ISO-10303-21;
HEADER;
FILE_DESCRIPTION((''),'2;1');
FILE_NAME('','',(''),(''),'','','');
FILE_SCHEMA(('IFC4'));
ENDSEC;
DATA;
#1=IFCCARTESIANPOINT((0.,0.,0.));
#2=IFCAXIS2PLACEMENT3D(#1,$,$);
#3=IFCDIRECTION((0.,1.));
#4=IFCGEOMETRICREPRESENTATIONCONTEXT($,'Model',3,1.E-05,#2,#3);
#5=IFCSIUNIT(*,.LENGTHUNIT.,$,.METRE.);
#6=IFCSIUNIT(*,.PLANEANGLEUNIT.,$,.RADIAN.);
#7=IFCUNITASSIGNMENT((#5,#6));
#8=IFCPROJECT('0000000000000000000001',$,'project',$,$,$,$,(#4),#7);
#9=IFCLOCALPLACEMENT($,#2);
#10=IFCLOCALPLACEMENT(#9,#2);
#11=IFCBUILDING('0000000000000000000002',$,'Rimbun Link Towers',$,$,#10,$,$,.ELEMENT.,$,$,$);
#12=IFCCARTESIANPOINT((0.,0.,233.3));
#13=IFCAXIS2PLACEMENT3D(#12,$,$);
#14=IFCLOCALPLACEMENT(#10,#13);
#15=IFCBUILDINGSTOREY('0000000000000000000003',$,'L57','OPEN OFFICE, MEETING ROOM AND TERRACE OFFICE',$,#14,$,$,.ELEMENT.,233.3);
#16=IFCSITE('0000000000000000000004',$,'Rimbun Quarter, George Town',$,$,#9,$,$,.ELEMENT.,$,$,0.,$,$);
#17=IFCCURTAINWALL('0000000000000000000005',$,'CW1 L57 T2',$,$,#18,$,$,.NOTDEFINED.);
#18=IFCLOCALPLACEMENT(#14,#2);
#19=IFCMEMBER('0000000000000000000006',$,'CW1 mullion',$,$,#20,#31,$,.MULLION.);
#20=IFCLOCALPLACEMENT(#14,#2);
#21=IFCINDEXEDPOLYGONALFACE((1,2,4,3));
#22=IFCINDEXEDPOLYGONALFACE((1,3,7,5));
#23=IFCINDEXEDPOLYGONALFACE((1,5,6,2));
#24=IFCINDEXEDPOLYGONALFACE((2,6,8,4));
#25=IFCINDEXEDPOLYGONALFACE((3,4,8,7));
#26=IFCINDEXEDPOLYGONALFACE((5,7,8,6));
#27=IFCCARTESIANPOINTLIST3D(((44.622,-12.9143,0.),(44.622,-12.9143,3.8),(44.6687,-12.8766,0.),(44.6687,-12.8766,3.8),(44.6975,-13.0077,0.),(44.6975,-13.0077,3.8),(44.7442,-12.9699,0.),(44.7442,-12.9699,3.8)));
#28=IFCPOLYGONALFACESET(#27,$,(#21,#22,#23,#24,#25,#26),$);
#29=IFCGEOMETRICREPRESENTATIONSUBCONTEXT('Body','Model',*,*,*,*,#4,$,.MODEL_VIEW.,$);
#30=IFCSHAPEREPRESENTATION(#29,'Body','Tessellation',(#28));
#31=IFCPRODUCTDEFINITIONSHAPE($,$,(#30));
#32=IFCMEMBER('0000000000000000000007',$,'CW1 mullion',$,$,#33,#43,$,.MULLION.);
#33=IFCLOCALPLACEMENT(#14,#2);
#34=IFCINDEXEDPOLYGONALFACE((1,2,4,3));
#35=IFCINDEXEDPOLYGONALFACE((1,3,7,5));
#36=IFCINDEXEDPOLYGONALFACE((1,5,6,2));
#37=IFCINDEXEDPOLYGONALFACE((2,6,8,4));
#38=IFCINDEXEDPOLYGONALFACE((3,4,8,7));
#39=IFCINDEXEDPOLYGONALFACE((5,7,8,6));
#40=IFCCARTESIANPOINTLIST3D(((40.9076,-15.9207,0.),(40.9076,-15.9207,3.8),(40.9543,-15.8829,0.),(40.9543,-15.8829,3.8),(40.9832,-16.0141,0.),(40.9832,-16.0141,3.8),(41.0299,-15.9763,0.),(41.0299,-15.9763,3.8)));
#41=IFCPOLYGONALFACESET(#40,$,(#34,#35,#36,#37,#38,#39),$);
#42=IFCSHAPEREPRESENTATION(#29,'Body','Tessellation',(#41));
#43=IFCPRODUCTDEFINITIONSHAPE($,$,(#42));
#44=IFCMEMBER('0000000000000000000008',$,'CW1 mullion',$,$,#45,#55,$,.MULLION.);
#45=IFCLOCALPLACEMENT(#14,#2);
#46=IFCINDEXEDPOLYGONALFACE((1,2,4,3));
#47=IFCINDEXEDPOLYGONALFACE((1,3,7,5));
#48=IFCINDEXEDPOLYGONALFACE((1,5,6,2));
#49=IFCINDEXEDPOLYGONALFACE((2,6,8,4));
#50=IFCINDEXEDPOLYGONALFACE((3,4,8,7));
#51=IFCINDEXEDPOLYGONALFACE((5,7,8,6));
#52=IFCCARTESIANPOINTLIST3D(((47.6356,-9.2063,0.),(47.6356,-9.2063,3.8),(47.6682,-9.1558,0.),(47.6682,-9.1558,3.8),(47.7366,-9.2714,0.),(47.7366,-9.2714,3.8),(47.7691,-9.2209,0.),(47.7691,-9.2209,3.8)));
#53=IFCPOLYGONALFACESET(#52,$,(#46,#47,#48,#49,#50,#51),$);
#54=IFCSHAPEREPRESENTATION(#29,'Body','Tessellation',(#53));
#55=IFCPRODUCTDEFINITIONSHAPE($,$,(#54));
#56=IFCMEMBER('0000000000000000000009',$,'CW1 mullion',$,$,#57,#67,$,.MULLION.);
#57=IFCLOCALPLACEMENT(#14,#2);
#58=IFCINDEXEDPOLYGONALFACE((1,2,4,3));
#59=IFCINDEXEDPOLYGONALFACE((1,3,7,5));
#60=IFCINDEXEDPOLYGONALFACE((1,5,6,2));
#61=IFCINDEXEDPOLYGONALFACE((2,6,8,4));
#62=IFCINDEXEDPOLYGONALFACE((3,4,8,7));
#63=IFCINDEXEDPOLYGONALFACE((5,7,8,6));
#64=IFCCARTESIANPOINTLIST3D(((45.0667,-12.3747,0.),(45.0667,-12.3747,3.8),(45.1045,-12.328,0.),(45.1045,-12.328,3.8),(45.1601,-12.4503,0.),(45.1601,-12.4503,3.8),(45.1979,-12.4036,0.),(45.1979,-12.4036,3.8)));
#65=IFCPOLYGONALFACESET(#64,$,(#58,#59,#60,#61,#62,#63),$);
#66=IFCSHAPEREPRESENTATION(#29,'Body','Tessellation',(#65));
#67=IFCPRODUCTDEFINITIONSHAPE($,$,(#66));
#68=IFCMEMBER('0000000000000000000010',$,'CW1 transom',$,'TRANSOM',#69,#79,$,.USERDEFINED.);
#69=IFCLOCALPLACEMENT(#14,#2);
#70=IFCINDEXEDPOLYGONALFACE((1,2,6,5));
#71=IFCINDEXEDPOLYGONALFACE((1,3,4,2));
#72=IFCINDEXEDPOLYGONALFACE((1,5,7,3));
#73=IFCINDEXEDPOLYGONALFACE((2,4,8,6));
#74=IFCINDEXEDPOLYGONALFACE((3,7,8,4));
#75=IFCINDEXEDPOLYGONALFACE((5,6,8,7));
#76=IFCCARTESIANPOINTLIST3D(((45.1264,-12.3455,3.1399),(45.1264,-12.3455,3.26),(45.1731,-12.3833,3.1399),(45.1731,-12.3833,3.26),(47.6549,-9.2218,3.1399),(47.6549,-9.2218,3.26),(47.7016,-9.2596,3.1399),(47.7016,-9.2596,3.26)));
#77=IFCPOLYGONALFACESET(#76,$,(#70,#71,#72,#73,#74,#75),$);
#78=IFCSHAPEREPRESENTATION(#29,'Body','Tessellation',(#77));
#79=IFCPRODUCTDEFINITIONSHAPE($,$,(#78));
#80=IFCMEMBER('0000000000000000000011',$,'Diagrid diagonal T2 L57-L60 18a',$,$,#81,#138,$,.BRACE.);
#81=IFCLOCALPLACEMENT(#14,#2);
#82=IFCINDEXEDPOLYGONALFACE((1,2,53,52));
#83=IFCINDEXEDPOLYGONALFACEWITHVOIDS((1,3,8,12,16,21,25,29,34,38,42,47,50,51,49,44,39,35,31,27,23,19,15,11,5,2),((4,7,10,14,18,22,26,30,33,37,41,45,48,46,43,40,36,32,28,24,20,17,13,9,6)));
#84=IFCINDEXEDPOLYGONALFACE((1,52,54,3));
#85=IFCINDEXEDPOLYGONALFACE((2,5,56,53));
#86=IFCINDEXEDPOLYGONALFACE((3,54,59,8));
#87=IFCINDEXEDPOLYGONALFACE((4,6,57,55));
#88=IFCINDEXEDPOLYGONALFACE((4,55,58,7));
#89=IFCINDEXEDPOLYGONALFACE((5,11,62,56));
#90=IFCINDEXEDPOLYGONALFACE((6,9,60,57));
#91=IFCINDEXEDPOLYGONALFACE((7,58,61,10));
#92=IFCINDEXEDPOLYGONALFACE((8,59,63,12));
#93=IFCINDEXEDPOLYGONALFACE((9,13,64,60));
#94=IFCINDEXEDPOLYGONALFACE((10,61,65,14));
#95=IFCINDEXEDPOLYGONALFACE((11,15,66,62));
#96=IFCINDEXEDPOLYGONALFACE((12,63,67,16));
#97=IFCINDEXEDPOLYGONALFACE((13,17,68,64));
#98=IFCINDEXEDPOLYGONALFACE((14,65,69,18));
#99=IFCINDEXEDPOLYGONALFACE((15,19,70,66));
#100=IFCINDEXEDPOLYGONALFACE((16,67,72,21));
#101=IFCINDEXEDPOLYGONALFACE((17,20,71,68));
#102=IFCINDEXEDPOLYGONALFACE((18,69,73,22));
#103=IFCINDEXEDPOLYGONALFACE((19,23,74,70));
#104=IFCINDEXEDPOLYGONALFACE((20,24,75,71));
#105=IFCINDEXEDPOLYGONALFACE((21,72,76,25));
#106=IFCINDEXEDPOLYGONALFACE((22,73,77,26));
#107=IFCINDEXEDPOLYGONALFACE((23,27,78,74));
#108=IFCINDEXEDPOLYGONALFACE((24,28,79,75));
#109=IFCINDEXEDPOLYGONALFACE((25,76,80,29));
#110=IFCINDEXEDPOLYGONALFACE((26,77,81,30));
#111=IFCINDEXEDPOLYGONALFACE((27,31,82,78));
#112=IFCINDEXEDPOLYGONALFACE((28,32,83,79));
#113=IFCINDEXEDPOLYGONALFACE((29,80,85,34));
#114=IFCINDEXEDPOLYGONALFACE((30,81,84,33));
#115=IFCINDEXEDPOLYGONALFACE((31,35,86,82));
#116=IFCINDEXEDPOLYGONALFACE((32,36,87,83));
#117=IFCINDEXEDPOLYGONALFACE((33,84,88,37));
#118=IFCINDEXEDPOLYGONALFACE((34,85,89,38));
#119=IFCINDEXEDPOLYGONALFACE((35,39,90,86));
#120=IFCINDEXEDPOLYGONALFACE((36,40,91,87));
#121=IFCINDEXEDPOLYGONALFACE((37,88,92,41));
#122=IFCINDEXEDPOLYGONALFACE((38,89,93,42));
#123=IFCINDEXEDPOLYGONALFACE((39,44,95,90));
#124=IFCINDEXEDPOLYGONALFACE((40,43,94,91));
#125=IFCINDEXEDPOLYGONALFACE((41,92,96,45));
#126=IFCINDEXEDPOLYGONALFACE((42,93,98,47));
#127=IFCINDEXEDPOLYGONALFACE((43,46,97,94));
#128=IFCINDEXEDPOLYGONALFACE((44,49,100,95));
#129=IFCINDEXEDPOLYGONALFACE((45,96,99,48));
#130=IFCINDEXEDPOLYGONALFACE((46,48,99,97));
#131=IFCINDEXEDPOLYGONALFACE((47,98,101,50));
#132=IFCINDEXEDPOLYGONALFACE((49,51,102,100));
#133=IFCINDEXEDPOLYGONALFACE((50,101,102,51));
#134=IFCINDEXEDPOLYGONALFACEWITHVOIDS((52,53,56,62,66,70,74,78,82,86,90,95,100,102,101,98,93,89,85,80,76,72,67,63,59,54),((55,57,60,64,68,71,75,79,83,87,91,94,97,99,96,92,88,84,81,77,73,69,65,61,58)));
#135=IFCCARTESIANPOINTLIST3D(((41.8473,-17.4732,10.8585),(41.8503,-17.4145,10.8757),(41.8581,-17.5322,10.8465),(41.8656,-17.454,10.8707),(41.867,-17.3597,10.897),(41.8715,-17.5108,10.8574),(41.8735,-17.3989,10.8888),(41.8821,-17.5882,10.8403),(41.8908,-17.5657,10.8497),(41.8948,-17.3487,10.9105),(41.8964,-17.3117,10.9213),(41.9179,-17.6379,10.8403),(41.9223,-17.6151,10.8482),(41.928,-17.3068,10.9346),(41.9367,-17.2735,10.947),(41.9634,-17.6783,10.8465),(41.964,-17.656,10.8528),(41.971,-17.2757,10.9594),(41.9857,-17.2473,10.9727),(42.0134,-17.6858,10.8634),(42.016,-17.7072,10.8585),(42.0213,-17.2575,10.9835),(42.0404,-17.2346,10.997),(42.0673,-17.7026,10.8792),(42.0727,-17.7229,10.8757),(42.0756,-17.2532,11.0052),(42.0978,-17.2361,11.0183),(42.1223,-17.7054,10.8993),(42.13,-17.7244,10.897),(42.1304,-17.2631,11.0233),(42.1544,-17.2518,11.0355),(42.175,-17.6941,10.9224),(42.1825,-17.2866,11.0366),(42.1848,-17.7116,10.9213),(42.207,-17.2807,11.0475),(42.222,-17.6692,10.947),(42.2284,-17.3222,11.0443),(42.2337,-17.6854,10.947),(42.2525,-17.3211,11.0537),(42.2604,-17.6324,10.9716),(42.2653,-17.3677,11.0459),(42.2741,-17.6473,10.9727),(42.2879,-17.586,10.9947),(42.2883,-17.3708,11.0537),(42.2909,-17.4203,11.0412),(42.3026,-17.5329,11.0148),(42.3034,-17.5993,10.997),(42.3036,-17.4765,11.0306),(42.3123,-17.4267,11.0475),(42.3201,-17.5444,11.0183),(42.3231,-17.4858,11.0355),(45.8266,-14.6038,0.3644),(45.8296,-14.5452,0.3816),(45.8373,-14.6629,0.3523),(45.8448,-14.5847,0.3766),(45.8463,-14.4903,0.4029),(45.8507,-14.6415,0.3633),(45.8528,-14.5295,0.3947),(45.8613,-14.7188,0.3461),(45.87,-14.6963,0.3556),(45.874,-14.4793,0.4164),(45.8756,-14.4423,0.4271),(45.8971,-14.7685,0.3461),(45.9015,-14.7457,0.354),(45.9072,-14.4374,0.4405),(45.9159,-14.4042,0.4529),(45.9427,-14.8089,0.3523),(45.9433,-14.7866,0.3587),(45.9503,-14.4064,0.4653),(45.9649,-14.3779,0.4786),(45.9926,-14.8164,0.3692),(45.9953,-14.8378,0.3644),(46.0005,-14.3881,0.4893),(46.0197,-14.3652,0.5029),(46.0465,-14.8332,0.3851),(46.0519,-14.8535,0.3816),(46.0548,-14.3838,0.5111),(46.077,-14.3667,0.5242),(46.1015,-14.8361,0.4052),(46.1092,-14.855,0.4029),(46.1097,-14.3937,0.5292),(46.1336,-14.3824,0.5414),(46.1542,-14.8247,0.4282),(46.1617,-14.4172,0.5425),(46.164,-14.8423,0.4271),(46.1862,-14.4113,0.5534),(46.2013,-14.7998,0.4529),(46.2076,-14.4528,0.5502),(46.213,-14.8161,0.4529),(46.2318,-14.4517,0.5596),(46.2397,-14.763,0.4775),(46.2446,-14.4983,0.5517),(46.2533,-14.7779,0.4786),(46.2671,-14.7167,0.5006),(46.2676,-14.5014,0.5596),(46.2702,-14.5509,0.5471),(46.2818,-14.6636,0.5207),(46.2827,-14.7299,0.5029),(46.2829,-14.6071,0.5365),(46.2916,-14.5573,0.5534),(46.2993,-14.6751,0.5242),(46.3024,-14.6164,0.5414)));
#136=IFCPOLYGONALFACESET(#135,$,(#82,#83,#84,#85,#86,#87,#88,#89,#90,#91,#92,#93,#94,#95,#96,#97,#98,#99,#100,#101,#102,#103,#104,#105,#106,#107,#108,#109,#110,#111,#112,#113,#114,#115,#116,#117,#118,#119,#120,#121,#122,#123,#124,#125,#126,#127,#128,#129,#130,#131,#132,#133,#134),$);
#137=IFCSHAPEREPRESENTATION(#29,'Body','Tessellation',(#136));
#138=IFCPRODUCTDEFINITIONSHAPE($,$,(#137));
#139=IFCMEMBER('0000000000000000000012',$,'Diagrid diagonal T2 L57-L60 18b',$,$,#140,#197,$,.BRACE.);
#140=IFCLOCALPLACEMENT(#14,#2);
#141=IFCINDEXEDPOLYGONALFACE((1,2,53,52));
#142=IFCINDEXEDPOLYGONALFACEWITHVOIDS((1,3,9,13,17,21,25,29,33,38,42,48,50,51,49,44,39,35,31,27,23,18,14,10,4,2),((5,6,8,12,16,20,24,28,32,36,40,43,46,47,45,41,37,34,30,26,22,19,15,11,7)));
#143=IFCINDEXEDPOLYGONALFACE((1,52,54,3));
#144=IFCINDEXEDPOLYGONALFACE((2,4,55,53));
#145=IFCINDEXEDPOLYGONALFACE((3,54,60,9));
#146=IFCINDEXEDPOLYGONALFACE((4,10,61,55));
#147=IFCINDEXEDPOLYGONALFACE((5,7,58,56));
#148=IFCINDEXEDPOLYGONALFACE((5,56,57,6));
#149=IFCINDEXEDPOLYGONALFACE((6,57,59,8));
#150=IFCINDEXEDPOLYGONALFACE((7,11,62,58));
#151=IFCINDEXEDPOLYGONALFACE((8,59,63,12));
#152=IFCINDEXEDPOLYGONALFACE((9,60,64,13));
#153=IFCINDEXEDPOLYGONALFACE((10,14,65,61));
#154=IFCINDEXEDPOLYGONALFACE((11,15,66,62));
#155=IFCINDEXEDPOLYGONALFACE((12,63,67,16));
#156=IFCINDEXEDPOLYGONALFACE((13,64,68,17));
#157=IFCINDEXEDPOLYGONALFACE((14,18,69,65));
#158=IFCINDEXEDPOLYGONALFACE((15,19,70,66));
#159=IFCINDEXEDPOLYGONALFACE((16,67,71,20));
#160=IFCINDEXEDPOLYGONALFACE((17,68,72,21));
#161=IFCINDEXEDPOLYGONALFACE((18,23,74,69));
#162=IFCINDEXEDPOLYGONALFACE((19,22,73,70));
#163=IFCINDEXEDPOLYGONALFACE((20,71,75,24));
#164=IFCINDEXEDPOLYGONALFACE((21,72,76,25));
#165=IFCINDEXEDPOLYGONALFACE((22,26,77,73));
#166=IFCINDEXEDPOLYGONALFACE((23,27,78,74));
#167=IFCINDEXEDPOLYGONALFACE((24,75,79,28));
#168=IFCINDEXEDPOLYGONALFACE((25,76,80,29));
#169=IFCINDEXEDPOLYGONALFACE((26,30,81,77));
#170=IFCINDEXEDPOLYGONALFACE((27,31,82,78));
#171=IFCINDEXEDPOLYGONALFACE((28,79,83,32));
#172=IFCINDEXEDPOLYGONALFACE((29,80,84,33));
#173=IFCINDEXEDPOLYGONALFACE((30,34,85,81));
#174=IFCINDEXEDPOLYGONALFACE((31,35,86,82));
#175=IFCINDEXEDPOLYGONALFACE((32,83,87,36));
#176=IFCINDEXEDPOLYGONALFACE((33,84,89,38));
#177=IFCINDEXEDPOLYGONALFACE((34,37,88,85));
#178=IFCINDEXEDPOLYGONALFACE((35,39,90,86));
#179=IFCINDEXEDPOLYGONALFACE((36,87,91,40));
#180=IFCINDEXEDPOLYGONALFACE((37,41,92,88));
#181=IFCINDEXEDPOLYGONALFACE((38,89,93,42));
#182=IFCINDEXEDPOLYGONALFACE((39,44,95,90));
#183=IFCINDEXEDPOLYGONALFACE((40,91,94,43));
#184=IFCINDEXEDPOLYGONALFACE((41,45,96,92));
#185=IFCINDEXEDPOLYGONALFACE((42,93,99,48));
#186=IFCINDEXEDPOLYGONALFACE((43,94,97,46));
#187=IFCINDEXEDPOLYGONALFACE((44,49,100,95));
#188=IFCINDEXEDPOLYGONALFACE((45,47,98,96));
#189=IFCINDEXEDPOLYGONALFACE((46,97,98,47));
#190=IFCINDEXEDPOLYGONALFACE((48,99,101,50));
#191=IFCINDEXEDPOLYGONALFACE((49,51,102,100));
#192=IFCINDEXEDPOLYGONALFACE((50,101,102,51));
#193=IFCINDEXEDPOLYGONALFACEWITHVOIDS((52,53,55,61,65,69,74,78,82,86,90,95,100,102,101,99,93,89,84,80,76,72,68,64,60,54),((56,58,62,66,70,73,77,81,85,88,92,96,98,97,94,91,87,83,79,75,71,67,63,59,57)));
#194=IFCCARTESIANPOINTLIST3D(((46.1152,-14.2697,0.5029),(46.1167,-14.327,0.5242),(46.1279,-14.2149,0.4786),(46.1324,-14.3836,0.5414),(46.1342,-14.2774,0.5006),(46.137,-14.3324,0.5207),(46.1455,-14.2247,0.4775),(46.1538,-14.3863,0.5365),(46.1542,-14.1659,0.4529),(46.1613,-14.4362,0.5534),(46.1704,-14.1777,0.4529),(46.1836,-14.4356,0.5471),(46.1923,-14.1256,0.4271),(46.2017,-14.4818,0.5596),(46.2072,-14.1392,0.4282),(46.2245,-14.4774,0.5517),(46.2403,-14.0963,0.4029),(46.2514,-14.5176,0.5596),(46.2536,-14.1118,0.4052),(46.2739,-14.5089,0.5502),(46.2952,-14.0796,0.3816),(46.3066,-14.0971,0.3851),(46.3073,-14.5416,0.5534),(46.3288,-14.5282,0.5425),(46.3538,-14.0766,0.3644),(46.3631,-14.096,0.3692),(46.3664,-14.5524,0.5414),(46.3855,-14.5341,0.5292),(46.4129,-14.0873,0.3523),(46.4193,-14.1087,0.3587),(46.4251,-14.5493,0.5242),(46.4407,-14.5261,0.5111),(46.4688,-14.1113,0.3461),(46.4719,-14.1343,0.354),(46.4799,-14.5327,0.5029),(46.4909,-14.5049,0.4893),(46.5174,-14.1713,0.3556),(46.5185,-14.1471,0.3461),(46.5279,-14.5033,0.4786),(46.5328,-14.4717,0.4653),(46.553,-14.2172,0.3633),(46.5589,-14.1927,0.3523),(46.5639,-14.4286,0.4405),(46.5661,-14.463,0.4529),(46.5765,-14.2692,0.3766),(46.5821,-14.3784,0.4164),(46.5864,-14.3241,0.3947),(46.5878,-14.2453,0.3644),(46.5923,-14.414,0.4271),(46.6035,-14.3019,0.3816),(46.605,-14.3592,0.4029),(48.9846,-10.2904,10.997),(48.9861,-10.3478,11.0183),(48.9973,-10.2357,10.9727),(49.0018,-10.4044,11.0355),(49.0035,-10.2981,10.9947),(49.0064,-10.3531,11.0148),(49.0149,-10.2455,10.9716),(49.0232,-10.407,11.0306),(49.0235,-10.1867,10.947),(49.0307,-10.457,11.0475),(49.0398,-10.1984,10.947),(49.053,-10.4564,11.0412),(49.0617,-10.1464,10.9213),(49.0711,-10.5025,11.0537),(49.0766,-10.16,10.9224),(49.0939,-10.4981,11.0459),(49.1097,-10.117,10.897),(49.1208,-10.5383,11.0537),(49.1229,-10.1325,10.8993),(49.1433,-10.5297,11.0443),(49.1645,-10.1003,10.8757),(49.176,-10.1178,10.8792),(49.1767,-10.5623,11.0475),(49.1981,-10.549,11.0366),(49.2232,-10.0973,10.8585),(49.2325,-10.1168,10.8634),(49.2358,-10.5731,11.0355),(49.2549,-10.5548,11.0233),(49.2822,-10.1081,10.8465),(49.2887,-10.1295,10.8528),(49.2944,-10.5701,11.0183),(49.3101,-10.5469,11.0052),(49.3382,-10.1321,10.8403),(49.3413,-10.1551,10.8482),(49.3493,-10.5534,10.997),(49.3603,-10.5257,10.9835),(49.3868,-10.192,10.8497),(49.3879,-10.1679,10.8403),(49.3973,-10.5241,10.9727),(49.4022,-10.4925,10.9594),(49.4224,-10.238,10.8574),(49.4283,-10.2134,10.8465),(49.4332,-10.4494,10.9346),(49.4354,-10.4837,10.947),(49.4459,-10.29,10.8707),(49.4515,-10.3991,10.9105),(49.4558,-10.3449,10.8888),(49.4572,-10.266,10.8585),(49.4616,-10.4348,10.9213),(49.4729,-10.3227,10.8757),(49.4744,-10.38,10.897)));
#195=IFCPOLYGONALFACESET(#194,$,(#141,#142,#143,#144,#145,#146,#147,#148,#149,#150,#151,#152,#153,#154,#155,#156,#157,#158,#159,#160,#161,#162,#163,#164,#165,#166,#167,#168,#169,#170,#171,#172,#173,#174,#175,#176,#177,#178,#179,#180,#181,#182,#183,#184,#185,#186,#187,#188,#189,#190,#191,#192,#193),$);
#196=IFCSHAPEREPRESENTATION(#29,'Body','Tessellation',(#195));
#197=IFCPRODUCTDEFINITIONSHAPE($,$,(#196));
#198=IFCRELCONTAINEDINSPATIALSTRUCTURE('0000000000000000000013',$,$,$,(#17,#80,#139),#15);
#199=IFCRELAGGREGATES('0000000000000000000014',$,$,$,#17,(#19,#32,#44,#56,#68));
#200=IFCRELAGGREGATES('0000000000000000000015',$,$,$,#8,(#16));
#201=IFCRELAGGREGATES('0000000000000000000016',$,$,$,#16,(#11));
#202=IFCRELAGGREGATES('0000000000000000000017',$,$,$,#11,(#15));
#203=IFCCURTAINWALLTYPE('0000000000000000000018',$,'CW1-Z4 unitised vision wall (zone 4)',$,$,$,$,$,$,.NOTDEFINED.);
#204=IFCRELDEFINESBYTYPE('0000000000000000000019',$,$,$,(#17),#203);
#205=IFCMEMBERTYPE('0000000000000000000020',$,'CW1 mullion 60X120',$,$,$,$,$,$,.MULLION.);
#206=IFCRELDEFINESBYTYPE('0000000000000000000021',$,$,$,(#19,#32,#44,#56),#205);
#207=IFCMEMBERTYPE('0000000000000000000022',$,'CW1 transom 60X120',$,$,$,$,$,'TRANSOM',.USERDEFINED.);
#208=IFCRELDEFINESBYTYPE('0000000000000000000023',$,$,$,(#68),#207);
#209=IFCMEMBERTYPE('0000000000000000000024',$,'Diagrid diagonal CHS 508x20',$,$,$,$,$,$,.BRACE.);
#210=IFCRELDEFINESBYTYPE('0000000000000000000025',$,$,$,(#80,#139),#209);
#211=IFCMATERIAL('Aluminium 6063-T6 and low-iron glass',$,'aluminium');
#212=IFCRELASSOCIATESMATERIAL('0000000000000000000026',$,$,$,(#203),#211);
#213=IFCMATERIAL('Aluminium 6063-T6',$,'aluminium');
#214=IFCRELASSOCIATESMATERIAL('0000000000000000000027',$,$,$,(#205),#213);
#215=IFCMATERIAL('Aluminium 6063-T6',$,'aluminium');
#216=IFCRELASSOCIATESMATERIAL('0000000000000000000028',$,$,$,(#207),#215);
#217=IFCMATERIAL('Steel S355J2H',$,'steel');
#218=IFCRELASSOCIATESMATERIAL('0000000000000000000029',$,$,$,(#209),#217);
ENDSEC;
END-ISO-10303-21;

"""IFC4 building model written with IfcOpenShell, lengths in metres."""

from ifc_helpers import new_model, si_unit, direction, frame, origin, origin_2d, place, context, subcontext, project, spatial, rectangle, hollow_circle, extrude, material, material_profile, profile_set, type_object, element, aggregate, save


model = new_model("IFC4")

# Units and contexts
model_context = context("Model", 3, precision=1e-05, world=origin(), true_north=direction((0.0, 1.0)))
body_context = subcontext(model_context, "Body", "Model", "MODEL_VIEW")
ifc_project = project(units=[si_unit("LENGTHUNIT", "METRE"), si_unit("PLANEANGLEUNIT", "RADIAN")], contexts=[model_context])

# Site, building, storey
site_placement = place(None, origin())
site = spatial("IfcSite", under=ifc_project, at=site_placement, Name="Rimbun Quarter, George Town", CompositionType="ELEMENT", RefElevation=0.0)
building_placement = place(site_placement, origin())
building = spatial("IfcBuilding", under=site, at=building_placement, Name="Rimbun Link Towers", CompositionType="ELEMENT")
storey_placement = place(building_placement, frame((0.0, 0.0, 233.3)))
storey = spatial("IfcBuildingStorey", under=building, at=storey_placement, Name="L57", Description="OPEN OFFICE, MEETING ROOM AND TERRACE OFFICE", CompositionType="ELEMENT", Elevation=233.3)

# Curtain wall, members
ifc_material_1 = material(Name="Aluminium 6063-T6 and low-iron glass", Category="aluminium")
curtain_wall_type = type_object("IfcCurtainWallType", Name="CW1-Z4 unitised vision wall (zone 4)", PredefinedType="NOTDEFINED", material=ifc_material_1)
curtain_wall_placement = place(storey_placement, origin())
curtain_wall = element("IfcCurtainWall", 1, at=curtain_wall_placement, inside=storey, type_object=curtain_wall_type, Name="CW1 L57 T2", PredefinedType="NOTDEFINED")
ifc_material_2 = material(Name="Aluminium 6063-T6", Category="aluminium")
ifc_material_profile_1 = material_profile(ifc_material_2, rectangle(XDim=0.1201, YDim=0.0601, at=origin_2d()), Name="MULLION 60X120")
ifc_profile_set_1 = profile_set([ifc_material_profile_1], Name="Aluminium 6063-T6")
member_type_1 = type_object("IfcMemberType", Name="CW1 mullion 60X120", PredefinedType="MULLION", material=ifc_profile_set_1)
member_1_placement = place(storey_placement, frame((44.6831, -12.9421, 0.0), z_axis=(0.0, 0.0, 1.0), x_axis=(0.629148, -0.777285, 0.0)))
member_1 = element("IfcMember", 2, at=member_1_placement, type_object=member_type_1, Name="CW1 mullion", PredefinedType="MULLION", context=body_context, shape_type="SweptSolid", body=[
    extrude(rectangle(XDim=0.1201, YDim=0.0601, at=origin_2d()), origin(), (0.0, 0.0, 1.0), 3.8),
])
member_2_placement = place(storey_placement, frame((40.9688, -15.9485, 0.0), z_axis=(0.0, 0.0, 1.0), x_axis=(0.629148, -0.777285, 0.0)))
member_2 = element("IfcMember", 3, at=member_2_placement, type_object=member_type_1, Name="CW1 mullion", PredefinedType="MULLION", context=body_context, shape_type="SweptSolid", body=[
    extrude(rectangle(XDim=0.1201, YDim=0.0601, at=origin_2d()), origin(), (0.0, 0.0, 1.0), 3.8),
])
member_3_placement = place(storey_placement, frame((47.7024, -9.2136, 0.0), z_axis=(0.0, 0.0, 1.0), x_axis=(0.840317, -0.542095, 0.0)))
member_3 = element("IfcMember", 4, at=member_3_placement, type_object=member_type_1, Name="CW1 mullion", PredefinedType="MULLION", context=body_context, shape_type="SweptSolid", body=[
    extrude(rectangle(XDim=0.1201, YDim=0.0601, at=origin_2d()), origin(), (0.0, 0.0, 1.0), 3.8),
])
member_4_placement = place(storey_placement, frame((45.1323, -12.3892, 0.0), z_axis=(0.0, 0.0, 1.0), x_axis=(0.777285, -0.629148, 0.0)))
member_4 = element("IfcMember", 5, at=member_4_placement, type_object=member_type_1, Name="CW1 mullion", PredefinedType="MULLION", context=body_context, shape_type="SweptSolid", body=[
    extrude(rectangle(XDim=0.1201, YDim=0.0601, at=origin_2d()), origin(), (0.0, 0.0, 1.0), 3.8),
])
ifc_material_3 = material(Name="Aluminium 6063-T6", Category="aluminium")
ifc_material_profile_2 = material_profile(ifc_material_3, rectangle(XDim=0.0601, YDim=0.1201, at=origin_2d()), Name="TRANSOM 60X120")
ifc_profile_set_2 = profile_set([ifc_material_profile_2], Name="Aluminium 6063-T6")
member_type_2 = type_object("IfcMemberType", Name="CW1 transom 60X120", ElementType="TRANSOM", PredefinedType="USERDEFINED", material=ifc_profile_set_2)
member_5_placement = place(storey_placement, frame((47.6782, -9.2407, 3.2), z_axis=(-0.629167, -0.77727, 0.0), x_axis=(0.77727, -0.629167, 0.0)))
member_5 = element("IfcMember", 6, at=member_5_placement, type_object=member_type_2, Name="CW1 transom", ObjectType="TRANSOM", PredefinedType="USERDEFINED", context=body_context, shape_type="SweptSolid", body=[
    extrude(rectangle(XDim=0.0601, YDim=0.1201, at=origin_2d()), origin(), (0.0, 0.0, 1.0), 4.0188),
])

# Members
ifc_material_4 = material(Name="Steel S355J2H", Category="steel")
ifc_material_profile_3 = material_profile(ifc_material_4, hollow_circle(Radius=0.2539, WallThickness=0.02, at=origin_2d()), Name="Diagrid diagonal CHS 508x20")
ifc_profile_set_3 = profile_set([ifc_material_profile_3], Name="Steel S355J2H")
member_type_3 = type_object("IfcMemberType", Name="Diagrid diagonal CHS 508x20", PredefinedType="BRACE", material=ifc_profile_set_3)
for number, where, z_axis, x_axis, name in (
    (7, (46.0645, -14.6101, 0.4529), (-0.343505, -0.247697, 0.905898), (0.584885, -0.811116, 0.0), "Diagrid diagonal T2 L57-L60 18a"),
    (8, (46.3601, -14.3145, 0.4529), (0.247697, 0.343505, 0.905898), (-0.811116, 0.584885, 0.0), "Diagrid diagonal T2 L57-L60 18b"),
):
    element("IfcMember", number, at=place(storey_placement, frame(where, z_axis=z_axis, x_axis=x_axis)), inside=storey, type_object=member_type_3, Name=name, PredefinedType="BRACE", context=body_context, shape_type="SweptSolid", body=[
        extrude(hollow_circle(Radius=0.2539, WallThickness=0.02, at=origin_2d()), origin(), (0.0, 0.0, 1.0), 11.5842),
    ])

aggregate(curtain_wall, [member_1, member_2, member_3, member_4, member_5])

save(model, "model.ifc")
